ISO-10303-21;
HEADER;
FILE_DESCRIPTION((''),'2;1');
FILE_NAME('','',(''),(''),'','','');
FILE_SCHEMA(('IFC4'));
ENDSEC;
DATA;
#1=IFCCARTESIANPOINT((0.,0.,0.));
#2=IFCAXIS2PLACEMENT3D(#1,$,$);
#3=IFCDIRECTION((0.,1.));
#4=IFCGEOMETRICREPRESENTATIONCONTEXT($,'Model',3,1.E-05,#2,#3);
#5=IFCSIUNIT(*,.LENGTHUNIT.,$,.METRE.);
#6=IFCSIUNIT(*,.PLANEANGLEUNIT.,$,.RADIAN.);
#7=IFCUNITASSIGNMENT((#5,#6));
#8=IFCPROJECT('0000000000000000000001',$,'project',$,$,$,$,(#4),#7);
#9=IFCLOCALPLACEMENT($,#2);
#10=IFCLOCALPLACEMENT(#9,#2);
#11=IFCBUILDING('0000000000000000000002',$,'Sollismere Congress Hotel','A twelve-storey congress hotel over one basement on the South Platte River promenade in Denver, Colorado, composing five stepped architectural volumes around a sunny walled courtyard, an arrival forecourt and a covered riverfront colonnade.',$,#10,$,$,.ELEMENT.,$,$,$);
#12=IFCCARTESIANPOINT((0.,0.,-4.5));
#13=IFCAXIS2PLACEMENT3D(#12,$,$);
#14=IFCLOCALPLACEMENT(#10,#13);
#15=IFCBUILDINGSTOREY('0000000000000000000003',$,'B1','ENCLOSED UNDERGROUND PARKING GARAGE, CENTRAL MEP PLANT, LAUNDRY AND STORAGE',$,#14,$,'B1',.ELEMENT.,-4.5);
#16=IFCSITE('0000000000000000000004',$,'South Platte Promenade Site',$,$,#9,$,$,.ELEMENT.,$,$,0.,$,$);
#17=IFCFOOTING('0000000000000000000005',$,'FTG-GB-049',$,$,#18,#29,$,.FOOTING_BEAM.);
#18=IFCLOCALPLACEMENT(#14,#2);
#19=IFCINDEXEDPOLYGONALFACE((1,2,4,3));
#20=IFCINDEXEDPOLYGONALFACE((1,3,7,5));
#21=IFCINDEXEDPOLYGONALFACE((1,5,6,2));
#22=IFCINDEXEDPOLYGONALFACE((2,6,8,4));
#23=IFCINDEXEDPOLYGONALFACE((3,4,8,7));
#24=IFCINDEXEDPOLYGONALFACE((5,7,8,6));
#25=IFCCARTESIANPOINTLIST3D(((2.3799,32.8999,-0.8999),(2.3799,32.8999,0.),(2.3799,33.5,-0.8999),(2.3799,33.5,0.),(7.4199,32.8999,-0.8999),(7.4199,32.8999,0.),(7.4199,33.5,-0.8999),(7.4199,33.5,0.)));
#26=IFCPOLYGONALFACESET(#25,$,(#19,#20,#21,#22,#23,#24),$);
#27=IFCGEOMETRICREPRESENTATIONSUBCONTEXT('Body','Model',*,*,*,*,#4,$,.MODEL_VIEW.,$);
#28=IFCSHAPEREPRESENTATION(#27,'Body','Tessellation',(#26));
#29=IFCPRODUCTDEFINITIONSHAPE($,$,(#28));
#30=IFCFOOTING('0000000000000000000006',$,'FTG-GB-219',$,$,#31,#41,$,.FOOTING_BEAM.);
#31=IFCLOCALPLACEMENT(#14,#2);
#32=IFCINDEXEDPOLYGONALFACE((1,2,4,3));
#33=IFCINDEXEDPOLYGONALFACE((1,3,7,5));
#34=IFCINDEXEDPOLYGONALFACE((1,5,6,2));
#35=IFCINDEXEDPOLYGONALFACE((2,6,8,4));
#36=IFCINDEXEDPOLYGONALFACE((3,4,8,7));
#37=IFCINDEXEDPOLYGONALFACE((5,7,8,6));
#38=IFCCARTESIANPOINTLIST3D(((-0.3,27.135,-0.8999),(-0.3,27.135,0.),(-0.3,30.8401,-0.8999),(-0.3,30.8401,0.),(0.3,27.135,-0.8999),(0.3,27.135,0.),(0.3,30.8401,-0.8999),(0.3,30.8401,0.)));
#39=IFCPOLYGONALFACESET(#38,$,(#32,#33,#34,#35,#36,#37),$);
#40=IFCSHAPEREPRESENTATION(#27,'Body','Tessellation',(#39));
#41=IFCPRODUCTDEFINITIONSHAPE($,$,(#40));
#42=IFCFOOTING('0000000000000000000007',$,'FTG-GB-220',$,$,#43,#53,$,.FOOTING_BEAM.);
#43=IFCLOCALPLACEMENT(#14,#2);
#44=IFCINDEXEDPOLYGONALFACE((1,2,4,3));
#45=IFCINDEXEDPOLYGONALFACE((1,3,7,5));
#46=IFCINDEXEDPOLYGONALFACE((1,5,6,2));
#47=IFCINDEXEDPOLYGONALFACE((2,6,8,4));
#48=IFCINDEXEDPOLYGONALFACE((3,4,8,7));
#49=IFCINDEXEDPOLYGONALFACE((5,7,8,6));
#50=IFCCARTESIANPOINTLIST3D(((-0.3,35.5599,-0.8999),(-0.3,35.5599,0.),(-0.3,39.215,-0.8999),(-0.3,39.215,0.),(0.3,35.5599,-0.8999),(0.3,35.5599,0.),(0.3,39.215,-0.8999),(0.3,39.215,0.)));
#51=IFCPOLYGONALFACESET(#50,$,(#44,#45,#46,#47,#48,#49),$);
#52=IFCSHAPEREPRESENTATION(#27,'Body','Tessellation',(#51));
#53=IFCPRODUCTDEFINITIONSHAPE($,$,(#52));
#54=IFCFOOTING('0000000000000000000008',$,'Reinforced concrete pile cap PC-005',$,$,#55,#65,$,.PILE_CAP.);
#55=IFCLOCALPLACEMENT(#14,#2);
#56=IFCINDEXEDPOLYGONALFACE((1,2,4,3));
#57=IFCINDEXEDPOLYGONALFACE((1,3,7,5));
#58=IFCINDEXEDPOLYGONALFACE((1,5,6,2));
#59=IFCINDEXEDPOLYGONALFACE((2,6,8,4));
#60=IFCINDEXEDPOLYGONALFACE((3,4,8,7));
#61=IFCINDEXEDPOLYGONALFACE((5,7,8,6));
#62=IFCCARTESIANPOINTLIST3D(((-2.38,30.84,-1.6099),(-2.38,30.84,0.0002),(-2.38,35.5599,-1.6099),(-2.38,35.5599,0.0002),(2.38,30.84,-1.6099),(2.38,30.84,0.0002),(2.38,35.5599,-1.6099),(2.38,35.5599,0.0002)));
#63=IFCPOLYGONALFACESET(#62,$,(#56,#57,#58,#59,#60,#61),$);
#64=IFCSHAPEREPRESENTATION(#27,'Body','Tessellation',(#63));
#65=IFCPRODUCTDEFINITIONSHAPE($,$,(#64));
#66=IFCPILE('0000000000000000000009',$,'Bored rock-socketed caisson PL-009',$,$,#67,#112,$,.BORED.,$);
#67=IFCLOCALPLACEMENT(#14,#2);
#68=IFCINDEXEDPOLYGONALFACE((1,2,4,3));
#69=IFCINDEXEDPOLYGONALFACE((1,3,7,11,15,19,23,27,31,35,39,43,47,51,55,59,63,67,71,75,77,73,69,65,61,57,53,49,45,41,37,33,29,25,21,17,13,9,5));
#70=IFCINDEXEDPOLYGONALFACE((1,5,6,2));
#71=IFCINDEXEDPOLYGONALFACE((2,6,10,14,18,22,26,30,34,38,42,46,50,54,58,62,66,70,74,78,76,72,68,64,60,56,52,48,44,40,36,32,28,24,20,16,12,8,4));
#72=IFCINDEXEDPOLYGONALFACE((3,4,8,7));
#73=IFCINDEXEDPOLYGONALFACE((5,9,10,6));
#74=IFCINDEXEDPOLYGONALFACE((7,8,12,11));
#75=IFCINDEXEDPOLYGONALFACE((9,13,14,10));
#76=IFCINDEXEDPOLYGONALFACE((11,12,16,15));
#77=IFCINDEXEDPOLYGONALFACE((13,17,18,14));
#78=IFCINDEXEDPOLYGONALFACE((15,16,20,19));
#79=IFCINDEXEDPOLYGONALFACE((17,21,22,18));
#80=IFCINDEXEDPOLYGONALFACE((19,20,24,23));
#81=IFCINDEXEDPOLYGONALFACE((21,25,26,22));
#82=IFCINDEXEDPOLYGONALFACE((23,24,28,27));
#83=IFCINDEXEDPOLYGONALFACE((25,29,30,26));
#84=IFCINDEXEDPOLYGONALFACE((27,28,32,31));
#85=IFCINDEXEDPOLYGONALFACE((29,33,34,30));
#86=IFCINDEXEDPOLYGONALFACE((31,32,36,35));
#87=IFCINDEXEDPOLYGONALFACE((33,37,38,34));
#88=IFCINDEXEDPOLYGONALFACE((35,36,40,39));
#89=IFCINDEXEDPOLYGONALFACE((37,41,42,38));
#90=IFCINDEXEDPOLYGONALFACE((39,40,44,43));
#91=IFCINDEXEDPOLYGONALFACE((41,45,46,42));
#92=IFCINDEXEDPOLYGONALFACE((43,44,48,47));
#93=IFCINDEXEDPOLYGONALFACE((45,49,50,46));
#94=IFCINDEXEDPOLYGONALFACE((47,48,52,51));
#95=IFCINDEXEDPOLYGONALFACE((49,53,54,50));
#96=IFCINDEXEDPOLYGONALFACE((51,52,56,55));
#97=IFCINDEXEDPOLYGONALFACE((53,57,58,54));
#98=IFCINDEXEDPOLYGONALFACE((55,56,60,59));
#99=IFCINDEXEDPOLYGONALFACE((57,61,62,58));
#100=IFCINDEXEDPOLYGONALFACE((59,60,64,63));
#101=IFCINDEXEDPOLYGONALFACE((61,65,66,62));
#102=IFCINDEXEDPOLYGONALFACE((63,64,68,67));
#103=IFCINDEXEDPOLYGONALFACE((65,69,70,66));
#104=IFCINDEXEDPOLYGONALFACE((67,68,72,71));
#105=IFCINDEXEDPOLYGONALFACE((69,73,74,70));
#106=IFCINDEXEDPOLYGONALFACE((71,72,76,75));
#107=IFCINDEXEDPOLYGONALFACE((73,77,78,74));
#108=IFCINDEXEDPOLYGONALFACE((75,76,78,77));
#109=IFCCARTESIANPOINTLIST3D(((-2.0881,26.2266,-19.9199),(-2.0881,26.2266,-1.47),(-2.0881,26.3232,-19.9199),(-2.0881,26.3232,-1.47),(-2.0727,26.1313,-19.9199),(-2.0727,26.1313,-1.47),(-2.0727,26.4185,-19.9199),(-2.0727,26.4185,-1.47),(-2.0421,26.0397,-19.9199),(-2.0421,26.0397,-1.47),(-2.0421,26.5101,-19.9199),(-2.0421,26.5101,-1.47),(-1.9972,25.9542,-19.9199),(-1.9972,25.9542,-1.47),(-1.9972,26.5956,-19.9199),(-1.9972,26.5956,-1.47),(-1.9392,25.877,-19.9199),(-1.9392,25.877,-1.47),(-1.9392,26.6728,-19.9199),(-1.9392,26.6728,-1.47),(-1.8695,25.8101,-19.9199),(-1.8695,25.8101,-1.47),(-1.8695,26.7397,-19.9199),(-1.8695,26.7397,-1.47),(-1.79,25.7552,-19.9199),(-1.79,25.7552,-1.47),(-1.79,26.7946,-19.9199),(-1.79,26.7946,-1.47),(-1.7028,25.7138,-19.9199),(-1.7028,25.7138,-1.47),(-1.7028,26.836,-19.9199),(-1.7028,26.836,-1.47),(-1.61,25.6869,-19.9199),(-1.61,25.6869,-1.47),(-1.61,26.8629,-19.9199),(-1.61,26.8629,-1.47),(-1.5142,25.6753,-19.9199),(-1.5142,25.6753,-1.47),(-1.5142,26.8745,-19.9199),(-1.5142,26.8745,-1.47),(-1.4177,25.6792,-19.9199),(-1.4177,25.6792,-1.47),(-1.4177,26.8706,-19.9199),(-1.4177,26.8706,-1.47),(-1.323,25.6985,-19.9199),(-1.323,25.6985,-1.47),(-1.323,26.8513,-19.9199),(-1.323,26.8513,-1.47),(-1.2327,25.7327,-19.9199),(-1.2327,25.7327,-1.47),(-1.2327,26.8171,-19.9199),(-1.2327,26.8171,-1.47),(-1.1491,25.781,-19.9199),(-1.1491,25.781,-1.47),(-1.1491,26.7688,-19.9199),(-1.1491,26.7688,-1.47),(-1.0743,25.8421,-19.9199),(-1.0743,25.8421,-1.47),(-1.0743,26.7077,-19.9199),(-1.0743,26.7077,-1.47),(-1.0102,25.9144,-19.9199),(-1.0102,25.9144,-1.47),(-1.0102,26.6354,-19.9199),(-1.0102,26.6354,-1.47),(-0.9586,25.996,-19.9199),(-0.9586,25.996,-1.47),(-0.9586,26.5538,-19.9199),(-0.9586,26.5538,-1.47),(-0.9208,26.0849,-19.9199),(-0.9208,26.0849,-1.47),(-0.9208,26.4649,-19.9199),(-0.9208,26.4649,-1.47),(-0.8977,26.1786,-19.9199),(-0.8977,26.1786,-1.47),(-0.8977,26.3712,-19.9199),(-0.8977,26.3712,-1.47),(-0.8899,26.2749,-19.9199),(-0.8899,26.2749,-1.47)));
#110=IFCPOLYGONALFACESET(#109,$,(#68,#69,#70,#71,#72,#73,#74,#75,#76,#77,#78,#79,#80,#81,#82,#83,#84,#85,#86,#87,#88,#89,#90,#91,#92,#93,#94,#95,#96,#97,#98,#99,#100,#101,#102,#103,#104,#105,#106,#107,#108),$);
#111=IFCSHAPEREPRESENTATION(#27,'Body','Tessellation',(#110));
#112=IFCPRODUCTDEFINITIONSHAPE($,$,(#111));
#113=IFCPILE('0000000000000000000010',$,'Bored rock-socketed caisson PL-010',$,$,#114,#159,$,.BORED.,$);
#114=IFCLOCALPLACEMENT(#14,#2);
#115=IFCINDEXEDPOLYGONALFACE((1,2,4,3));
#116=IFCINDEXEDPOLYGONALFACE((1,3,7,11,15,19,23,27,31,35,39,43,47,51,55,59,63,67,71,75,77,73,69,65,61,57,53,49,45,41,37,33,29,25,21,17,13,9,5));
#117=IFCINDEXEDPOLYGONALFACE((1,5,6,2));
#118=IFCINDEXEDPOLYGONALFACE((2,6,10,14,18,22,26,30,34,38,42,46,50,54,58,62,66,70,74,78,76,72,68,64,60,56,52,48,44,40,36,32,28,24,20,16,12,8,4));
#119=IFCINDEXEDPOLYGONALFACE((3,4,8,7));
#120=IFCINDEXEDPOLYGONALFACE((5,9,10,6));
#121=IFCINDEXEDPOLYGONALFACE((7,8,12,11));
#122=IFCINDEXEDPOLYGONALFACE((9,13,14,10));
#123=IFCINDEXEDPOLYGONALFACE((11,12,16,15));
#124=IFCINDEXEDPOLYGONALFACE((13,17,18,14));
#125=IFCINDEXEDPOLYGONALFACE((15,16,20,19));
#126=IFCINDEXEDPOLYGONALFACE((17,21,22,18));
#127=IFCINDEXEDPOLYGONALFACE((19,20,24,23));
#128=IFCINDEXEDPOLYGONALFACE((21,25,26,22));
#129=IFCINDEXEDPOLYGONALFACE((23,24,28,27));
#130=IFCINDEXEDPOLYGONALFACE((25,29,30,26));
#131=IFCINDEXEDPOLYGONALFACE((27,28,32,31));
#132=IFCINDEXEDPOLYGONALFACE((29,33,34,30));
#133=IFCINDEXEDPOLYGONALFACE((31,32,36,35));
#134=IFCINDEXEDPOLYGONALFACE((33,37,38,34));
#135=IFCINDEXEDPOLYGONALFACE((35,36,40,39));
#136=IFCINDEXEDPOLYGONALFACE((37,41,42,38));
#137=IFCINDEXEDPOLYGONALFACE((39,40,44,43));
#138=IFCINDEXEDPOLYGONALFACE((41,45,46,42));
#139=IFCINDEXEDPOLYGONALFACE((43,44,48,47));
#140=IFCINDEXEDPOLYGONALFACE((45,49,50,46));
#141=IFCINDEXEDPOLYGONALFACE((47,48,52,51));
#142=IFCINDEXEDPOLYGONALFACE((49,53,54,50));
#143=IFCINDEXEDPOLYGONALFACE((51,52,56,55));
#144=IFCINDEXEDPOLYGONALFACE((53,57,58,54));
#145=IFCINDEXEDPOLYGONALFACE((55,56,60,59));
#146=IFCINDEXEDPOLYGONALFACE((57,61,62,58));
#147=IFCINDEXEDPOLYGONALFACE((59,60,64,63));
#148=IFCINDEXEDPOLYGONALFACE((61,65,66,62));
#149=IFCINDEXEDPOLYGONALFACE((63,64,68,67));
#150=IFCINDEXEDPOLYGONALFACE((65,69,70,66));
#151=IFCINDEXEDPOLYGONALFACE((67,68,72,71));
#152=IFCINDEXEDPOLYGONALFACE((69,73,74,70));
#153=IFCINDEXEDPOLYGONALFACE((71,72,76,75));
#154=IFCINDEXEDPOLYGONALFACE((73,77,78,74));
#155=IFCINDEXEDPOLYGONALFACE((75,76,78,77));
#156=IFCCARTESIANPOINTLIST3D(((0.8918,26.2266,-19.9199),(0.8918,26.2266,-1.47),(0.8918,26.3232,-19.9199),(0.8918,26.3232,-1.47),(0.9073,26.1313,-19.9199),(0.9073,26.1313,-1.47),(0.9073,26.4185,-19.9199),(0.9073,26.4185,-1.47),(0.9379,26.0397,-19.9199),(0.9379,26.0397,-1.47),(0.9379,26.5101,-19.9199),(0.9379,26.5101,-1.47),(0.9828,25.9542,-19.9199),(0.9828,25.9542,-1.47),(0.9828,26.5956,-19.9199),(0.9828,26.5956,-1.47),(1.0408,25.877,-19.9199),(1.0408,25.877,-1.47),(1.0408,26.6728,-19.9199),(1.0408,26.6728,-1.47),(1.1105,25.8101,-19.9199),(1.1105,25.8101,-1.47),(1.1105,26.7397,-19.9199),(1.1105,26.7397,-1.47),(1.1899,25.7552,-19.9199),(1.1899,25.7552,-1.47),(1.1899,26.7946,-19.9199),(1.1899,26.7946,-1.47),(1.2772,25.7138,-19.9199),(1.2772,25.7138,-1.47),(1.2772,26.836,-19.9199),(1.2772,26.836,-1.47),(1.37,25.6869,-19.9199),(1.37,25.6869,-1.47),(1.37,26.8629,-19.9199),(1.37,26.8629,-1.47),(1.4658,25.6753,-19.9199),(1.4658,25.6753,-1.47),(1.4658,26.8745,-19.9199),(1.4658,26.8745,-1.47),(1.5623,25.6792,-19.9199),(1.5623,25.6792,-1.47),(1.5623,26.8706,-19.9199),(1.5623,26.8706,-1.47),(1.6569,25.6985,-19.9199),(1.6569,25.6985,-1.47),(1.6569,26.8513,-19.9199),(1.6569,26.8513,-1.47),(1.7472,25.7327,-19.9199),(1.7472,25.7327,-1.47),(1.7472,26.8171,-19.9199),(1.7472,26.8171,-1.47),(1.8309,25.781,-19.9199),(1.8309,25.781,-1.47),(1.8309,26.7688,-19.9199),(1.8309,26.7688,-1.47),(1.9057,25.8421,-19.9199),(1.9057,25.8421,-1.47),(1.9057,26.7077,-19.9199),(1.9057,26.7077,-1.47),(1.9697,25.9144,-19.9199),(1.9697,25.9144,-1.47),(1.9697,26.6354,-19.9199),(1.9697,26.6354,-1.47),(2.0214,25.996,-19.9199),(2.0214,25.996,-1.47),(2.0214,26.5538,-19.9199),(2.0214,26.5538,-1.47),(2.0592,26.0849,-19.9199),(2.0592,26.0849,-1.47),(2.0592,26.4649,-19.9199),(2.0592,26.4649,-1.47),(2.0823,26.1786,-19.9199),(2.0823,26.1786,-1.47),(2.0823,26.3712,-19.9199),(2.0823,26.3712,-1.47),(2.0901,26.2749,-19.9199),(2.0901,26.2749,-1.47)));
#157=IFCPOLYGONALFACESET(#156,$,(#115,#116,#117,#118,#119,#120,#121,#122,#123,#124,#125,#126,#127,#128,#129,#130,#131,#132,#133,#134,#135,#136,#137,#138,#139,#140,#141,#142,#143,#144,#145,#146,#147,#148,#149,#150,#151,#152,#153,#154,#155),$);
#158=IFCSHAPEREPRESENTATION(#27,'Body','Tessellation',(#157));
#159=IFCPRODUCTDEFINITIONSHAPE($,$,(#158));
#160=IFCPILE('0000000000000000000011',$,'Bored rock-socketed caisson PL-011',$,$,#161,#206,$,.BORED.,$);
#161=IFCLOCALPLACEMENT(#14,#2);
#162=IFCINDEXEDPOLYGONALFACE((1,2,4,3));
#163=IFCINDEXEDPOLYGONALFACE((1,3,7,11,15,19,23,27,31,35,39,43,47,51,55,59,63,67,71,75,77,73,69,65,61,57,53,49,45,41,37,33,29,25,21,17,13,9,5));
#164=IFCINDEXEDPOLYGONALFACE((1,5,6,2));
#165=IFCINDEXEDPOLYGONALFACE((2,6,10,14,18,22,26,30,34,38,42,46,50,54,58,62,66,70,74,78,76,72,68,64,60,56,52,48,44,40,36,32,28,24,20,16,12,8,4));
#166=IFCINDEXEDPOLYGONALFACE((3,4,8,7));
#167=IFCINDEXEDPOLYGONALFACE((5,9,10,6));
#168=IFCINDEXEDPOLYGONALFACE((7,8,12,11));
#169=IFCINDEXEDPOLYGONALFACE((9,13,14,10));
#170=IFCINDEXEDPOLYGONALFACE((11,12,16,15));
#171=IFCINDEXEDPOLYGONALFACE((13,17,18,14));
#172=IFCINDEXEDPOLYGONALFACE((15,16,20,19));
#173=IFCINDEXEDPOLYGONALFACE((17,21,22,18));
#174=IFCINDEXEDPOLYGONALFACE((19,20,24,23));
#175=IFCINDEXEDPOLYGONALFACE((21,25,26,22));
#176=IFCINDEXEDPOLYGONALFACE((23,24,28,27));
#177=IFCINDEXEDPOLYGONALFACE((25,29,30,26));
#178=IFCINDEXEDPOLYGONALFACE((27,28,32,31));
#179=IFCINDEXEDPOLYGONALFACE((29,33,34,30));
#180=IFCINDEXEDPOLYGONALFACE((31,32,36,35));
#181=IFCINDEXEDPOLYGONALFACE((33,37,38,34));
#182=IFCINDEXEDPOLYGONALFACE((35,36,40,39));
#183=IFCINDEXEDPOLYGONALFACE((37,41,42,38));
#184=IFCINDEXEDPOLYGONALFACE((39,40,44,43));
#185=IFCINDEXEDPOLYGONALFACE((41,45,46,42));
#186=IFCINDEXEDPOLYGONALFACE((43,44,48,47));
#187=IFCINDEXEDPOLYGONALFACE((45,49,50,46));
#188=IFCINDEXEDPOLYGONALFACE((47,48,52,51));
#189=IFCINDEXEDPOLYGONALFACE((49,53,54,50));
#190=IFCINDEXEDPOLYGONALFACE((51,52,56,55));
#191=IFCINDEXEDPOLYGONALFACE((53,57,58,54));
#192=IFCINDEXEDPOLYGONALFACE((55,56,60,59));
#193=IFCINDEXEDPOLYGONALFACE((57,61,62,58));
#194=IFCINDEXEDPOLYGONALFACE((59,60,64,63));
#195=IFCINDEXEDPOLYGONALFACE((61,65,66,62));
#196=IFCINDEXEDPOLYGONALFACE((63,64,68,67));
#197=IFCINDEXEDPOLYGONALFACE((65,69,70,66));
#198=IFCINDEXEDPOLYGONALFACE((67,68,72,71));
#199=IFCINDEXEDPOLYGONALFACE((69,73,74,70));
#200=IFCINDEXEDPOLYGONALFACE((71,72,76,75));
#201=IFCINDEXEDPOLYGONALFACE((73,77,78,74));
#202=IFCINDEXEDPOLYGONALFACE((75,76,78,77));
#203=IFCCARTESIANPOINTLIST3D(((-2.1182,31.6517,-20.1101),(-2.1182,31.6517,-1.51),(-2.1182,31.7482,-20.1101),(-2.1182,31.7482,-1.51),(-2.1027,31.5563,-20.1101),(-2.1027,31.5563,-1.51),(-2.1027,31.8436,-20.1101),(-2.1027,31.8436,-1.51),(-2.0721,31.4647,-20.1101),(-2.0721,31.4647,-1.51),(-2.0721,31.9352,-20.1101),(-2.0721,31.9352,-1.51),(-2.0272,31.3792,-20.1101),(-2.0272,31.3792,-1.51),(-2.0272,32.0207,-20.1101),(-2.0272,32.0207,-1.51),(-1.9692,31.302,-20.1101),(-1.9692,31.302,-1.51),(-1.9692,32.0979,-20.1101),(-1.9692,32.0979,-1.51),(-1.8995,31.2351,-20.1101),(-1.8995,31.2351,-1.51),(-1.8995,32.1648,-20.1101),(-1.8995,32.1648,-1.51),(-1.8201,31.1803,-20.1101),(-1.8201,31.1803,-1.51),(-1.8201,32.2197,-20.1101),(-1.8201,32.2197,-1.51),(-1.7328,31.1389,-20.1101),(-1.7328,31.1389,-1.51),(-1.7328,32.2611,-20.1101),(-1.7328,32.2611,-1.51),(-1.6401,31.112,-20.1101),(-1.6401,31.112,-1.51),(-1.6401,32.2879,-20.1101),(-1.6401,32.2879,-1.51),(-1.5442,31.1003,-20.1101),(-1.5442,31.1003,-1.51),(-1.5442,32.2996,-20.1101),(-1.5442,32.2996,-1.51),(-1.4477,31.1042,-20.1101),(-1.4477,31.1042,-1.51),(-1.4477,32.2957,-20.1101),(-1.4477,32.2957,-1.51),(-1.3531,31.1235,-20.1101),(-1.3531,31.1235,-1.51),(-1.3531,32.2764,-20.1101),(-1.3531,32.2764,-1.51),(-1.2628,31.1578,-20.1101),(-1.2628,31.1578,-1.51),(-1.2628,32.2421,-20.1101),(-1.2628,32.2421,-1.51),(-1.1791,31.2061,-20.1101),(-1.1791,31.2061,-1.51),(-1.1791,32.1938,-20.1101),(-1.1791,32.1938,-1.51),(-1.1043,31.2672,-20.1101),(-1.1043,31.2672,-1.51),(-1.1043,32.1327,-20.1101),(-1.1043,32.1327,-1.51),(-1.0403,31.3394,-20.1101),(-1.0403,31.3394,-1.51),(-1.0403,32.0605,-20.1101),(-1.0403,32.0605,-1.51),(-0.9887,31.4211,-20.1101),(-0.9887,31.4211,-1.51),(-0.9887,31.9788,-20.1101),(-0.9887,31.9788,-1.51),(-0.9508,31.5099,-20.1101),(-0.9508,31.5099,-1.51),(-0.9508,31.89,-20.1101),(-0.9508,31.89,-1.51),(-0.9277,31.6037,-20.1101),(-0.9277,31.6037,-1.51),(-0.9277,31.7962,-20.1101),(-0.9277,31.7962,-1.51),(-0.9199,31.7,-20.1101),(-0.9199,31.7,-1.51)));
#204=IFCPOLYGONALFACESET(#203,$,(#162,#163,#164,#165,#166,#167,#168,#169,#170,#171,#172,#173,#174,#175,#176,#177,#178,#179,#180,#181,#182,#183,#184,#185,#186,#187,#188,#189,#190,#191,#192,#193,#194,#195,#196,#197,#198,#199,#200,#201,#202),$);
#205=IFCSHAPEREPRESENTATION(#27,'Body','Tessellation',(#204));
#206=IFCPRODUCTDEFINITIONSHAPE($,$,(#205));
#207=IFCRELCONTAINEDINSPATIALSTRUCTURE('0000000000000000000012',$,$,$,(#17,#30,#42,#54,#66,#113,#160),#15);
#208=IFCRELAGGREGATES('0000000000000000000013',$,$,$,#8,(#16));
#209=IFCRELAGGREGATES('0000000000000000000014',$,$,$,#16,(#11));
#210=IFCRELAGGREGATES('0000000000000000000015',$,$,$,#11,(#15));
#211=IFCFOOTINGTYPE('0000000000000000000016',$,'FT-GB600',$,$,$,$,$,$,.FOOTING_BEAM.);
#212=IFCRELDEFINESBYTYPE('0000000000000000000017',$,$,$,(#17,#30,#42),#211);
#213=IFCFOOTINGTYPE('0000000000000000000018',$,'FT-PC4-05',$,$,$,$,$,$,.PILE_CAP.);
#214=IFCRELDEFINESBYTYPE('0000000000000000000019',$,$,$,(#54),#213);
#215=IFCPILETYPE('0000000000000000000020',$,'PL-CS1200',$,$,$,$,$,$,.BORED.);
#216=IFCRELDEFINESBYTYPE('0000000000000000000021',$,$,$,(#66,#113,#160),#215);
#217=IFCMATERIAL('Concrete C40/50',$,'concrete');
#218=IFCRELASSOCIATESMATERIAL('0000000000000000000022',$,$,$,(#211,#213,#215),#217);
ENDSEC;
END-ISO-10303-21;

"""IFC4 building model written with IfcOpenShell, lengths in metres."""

from ifc_helpers import new_model, si_unit, direction, frame, origin, origin_2d, place, context, subcontext, project, spatial, rectangle, circle, extrude, material, material_profile, profile_set, type_object, element, save


model = new_model("IFC4")

# Units and contexts
model_context = context("Model", 3, precision=1e-05, world=origin(), true_north=direction((0.0, 1.0)))
body_context = subcontext(model_context, "Body", "Model", "MODEL_VIEW")
ifc_project = project(units=[si_unit("LENGTHUNIT", "METRE"), si_unit("PLANEANGLEUNIT", "RADIAN")], contexts=[model_context])

# Site, building, storey
site_placement = place(None, origin())
site = spatial("IfcSite", under=ifc_project, at=site_placement, Name="South Platte Promenade Site", CompositionType="ELEMENT", RefElevation=0.0)
building_placement = place(site_placement, origin())
building = spatial("IfcBuilding", under=site, at=building_placement, Name="Sollismere Congress Hotel", Description="A twelve-storey congress hotel over one basement on the South Platte River promenade in Denver, Colorado, composing five stepped architectural volumes around a sunny walled courtyard, an arrival forecourt and a covered riverfront colonnade.", CompositionType="ELEMENT")
storey_placement = place(building_placement, frame((0.0, 0.0, -4.5)))
storey = spatial("IfcBuildingStorey", under=building, at=storey_placement, Name="B1", Description="ENCLOSED UNDERGROUND PARKING GARAGE, CENTRAL MEP PLANT, LAUNDRY AND STORAGE", LongName="B1", CompositionType="ELEMENT", Elevation=-4.5)

# Footings
ifc_material_1 = material(Name="Concrete C40/50", Category="concrete")
footing_type_1 = type_object("IfcFootingType", Name="FT-GB600", PredefinedType="FOOTING_BEAM", material=ifc_material_1)
footing_1_placement = place(storey_placement, frame((4.8999, 33.2, -0.8999), z_axis=(0.0, 0.0, 1.0), x_axis=(1.0, 0.0, 0.0)))
element("IfcFooting", 1, at=footing_1_placement, inside=storey, type_object=footing_type_1, Name="FTG-GB-049", PredefinedType="FOOTING_BEAM", context=body_context, shape_type="SweptSolid", body=[
    extrude(rectangle(XDim=5.04, YDim=0.6001, at=origin_2d()), origin(), (0.0, 0.0, 1.0), 0.8999),
])
footing_2_placement = place(storey_placement, frame((0.0, 28.9875, -0.8999), z_axis=(0.0, 0.0, 1.0), x_axis=(0.0, 1.0, 0.0)))
element("IfcFooting", 2, at=footing_2_placement, inside=storey, type_object=footing_type_1, Name="FTG-GB-219", PredefinedType="FOOTING_BEAM", context=body_context, shape_type="SweptSolid", body=[
    extrude(rectangle(XDim=3.7051, YDim=0.6001, at=origin_2d()), origin(), (0.0, 0.0, 1.0), 0.8999),
])
footing_3_placement = place(storey_placement, frame((0.0, 37.3875, -0.8999), z_axis=(0.0, 0.0, 1.0), x_axis=(0.0, 1.0, 0.0)))
element("IfcFooting", 3, at=footing_3_placement, inside=storey, type_object=footing_type_1, Name="FTG-GB-220", PredefinedType="FOOTING_BEAM", context=body_context, shape_type="SweptSolid", body=[
    extrude(rectangle(XDim=3.655, YDim=0.6001, at=origin_2d()), origin(), (0.0, 0.0, 1.0), 0.8999),
])
footing_type_2 = type_object("IfcFootingType", Name="FT-PC4-05", PredefinedType="PILE_CAP", material=ifc_material_1)
footing_4_placement = place(storey_placement, frame((0.0, 33.2, -1.6099), z_axis=(0.0, 0.0, 1.0), x_axis=(1.0, 0.0, 0.0)))
element("IfcFooting", 4, at=footing_4_placement, inside=storey, type_object=footing_type_2, Name="Reinforced concrete pile cap PC-005", PredefinedType="PILE_CAP", context=body_context, shape_type="SweptSolid", body=[
    extrude(rectangle(XDim=4.76, YDim=4.72, at=origin_2d()), origin(), (0.0, 0.0, 1.0), 1.6101),
])

# Piles
ifc_material_profile_1 = material_profile(ifc_material_1, circle(Radius=0.6001, at=origin_2d()), Name="CAISSON1200")
ifc_profile_set_1 = profile_set([ifc_material_profile_1], Name="Concrete C40/50")
pile_type = type_object("IfcPileType", Name="PL-CS1200", PredefinedType="BORED", material=ifc_profile_set_1)
for number, where, z_axis, x_axis, name in (
    (5, (-1.49, 26.2749, -1.47), (0.0, 0.0, -1.0), (1.0, 0.0, 0.0), "Bored rock-socketed caisson PL-009"),
    (6, (1.49, 26.2749, -1.47), (0.0, 0.0, -1.0), (1.0, 0.0, 0.0), "Bored rock-socketed caisson PL-010"),
):
    element("IfcPile", number, at=place(storey_placement, frame(where, z_axis=z_axis, x_axis=x_axis)), inside=storey, type_object=pile_type, Name=name, PredefinedType="BORED", context=body_context, shape_type="SweptSolid", body=[
        extrude(circle(Radius=0.6001, at=origin_2d()), origin(), (0.0, 0.0, 1.0), 18.45),
    ])
for number, where, z_axis, x_axis, name in (
    (7, (-1.52, 31.7, -1.51), (0.0, 0.0, -1.0), (1.0, 0.0, 0.0), "Bored rock-socketed caisson PL-011"),
):
    element("IfcPile", number, at=place(storey_placement, frame(where, z_axis=z_axis, x_axis=x_axis)), inside=storey, type_object=pile_type, Name=name, PredefinedType="BORED", context=body_context, shape_type="SweptSolid", body=[
        extrude(circle(Radius=0.6001, at=origin_2d()), origin(), (0.0, 0.0, 1.0), 18.6001),
    ])

save(model, "model.ifc")
